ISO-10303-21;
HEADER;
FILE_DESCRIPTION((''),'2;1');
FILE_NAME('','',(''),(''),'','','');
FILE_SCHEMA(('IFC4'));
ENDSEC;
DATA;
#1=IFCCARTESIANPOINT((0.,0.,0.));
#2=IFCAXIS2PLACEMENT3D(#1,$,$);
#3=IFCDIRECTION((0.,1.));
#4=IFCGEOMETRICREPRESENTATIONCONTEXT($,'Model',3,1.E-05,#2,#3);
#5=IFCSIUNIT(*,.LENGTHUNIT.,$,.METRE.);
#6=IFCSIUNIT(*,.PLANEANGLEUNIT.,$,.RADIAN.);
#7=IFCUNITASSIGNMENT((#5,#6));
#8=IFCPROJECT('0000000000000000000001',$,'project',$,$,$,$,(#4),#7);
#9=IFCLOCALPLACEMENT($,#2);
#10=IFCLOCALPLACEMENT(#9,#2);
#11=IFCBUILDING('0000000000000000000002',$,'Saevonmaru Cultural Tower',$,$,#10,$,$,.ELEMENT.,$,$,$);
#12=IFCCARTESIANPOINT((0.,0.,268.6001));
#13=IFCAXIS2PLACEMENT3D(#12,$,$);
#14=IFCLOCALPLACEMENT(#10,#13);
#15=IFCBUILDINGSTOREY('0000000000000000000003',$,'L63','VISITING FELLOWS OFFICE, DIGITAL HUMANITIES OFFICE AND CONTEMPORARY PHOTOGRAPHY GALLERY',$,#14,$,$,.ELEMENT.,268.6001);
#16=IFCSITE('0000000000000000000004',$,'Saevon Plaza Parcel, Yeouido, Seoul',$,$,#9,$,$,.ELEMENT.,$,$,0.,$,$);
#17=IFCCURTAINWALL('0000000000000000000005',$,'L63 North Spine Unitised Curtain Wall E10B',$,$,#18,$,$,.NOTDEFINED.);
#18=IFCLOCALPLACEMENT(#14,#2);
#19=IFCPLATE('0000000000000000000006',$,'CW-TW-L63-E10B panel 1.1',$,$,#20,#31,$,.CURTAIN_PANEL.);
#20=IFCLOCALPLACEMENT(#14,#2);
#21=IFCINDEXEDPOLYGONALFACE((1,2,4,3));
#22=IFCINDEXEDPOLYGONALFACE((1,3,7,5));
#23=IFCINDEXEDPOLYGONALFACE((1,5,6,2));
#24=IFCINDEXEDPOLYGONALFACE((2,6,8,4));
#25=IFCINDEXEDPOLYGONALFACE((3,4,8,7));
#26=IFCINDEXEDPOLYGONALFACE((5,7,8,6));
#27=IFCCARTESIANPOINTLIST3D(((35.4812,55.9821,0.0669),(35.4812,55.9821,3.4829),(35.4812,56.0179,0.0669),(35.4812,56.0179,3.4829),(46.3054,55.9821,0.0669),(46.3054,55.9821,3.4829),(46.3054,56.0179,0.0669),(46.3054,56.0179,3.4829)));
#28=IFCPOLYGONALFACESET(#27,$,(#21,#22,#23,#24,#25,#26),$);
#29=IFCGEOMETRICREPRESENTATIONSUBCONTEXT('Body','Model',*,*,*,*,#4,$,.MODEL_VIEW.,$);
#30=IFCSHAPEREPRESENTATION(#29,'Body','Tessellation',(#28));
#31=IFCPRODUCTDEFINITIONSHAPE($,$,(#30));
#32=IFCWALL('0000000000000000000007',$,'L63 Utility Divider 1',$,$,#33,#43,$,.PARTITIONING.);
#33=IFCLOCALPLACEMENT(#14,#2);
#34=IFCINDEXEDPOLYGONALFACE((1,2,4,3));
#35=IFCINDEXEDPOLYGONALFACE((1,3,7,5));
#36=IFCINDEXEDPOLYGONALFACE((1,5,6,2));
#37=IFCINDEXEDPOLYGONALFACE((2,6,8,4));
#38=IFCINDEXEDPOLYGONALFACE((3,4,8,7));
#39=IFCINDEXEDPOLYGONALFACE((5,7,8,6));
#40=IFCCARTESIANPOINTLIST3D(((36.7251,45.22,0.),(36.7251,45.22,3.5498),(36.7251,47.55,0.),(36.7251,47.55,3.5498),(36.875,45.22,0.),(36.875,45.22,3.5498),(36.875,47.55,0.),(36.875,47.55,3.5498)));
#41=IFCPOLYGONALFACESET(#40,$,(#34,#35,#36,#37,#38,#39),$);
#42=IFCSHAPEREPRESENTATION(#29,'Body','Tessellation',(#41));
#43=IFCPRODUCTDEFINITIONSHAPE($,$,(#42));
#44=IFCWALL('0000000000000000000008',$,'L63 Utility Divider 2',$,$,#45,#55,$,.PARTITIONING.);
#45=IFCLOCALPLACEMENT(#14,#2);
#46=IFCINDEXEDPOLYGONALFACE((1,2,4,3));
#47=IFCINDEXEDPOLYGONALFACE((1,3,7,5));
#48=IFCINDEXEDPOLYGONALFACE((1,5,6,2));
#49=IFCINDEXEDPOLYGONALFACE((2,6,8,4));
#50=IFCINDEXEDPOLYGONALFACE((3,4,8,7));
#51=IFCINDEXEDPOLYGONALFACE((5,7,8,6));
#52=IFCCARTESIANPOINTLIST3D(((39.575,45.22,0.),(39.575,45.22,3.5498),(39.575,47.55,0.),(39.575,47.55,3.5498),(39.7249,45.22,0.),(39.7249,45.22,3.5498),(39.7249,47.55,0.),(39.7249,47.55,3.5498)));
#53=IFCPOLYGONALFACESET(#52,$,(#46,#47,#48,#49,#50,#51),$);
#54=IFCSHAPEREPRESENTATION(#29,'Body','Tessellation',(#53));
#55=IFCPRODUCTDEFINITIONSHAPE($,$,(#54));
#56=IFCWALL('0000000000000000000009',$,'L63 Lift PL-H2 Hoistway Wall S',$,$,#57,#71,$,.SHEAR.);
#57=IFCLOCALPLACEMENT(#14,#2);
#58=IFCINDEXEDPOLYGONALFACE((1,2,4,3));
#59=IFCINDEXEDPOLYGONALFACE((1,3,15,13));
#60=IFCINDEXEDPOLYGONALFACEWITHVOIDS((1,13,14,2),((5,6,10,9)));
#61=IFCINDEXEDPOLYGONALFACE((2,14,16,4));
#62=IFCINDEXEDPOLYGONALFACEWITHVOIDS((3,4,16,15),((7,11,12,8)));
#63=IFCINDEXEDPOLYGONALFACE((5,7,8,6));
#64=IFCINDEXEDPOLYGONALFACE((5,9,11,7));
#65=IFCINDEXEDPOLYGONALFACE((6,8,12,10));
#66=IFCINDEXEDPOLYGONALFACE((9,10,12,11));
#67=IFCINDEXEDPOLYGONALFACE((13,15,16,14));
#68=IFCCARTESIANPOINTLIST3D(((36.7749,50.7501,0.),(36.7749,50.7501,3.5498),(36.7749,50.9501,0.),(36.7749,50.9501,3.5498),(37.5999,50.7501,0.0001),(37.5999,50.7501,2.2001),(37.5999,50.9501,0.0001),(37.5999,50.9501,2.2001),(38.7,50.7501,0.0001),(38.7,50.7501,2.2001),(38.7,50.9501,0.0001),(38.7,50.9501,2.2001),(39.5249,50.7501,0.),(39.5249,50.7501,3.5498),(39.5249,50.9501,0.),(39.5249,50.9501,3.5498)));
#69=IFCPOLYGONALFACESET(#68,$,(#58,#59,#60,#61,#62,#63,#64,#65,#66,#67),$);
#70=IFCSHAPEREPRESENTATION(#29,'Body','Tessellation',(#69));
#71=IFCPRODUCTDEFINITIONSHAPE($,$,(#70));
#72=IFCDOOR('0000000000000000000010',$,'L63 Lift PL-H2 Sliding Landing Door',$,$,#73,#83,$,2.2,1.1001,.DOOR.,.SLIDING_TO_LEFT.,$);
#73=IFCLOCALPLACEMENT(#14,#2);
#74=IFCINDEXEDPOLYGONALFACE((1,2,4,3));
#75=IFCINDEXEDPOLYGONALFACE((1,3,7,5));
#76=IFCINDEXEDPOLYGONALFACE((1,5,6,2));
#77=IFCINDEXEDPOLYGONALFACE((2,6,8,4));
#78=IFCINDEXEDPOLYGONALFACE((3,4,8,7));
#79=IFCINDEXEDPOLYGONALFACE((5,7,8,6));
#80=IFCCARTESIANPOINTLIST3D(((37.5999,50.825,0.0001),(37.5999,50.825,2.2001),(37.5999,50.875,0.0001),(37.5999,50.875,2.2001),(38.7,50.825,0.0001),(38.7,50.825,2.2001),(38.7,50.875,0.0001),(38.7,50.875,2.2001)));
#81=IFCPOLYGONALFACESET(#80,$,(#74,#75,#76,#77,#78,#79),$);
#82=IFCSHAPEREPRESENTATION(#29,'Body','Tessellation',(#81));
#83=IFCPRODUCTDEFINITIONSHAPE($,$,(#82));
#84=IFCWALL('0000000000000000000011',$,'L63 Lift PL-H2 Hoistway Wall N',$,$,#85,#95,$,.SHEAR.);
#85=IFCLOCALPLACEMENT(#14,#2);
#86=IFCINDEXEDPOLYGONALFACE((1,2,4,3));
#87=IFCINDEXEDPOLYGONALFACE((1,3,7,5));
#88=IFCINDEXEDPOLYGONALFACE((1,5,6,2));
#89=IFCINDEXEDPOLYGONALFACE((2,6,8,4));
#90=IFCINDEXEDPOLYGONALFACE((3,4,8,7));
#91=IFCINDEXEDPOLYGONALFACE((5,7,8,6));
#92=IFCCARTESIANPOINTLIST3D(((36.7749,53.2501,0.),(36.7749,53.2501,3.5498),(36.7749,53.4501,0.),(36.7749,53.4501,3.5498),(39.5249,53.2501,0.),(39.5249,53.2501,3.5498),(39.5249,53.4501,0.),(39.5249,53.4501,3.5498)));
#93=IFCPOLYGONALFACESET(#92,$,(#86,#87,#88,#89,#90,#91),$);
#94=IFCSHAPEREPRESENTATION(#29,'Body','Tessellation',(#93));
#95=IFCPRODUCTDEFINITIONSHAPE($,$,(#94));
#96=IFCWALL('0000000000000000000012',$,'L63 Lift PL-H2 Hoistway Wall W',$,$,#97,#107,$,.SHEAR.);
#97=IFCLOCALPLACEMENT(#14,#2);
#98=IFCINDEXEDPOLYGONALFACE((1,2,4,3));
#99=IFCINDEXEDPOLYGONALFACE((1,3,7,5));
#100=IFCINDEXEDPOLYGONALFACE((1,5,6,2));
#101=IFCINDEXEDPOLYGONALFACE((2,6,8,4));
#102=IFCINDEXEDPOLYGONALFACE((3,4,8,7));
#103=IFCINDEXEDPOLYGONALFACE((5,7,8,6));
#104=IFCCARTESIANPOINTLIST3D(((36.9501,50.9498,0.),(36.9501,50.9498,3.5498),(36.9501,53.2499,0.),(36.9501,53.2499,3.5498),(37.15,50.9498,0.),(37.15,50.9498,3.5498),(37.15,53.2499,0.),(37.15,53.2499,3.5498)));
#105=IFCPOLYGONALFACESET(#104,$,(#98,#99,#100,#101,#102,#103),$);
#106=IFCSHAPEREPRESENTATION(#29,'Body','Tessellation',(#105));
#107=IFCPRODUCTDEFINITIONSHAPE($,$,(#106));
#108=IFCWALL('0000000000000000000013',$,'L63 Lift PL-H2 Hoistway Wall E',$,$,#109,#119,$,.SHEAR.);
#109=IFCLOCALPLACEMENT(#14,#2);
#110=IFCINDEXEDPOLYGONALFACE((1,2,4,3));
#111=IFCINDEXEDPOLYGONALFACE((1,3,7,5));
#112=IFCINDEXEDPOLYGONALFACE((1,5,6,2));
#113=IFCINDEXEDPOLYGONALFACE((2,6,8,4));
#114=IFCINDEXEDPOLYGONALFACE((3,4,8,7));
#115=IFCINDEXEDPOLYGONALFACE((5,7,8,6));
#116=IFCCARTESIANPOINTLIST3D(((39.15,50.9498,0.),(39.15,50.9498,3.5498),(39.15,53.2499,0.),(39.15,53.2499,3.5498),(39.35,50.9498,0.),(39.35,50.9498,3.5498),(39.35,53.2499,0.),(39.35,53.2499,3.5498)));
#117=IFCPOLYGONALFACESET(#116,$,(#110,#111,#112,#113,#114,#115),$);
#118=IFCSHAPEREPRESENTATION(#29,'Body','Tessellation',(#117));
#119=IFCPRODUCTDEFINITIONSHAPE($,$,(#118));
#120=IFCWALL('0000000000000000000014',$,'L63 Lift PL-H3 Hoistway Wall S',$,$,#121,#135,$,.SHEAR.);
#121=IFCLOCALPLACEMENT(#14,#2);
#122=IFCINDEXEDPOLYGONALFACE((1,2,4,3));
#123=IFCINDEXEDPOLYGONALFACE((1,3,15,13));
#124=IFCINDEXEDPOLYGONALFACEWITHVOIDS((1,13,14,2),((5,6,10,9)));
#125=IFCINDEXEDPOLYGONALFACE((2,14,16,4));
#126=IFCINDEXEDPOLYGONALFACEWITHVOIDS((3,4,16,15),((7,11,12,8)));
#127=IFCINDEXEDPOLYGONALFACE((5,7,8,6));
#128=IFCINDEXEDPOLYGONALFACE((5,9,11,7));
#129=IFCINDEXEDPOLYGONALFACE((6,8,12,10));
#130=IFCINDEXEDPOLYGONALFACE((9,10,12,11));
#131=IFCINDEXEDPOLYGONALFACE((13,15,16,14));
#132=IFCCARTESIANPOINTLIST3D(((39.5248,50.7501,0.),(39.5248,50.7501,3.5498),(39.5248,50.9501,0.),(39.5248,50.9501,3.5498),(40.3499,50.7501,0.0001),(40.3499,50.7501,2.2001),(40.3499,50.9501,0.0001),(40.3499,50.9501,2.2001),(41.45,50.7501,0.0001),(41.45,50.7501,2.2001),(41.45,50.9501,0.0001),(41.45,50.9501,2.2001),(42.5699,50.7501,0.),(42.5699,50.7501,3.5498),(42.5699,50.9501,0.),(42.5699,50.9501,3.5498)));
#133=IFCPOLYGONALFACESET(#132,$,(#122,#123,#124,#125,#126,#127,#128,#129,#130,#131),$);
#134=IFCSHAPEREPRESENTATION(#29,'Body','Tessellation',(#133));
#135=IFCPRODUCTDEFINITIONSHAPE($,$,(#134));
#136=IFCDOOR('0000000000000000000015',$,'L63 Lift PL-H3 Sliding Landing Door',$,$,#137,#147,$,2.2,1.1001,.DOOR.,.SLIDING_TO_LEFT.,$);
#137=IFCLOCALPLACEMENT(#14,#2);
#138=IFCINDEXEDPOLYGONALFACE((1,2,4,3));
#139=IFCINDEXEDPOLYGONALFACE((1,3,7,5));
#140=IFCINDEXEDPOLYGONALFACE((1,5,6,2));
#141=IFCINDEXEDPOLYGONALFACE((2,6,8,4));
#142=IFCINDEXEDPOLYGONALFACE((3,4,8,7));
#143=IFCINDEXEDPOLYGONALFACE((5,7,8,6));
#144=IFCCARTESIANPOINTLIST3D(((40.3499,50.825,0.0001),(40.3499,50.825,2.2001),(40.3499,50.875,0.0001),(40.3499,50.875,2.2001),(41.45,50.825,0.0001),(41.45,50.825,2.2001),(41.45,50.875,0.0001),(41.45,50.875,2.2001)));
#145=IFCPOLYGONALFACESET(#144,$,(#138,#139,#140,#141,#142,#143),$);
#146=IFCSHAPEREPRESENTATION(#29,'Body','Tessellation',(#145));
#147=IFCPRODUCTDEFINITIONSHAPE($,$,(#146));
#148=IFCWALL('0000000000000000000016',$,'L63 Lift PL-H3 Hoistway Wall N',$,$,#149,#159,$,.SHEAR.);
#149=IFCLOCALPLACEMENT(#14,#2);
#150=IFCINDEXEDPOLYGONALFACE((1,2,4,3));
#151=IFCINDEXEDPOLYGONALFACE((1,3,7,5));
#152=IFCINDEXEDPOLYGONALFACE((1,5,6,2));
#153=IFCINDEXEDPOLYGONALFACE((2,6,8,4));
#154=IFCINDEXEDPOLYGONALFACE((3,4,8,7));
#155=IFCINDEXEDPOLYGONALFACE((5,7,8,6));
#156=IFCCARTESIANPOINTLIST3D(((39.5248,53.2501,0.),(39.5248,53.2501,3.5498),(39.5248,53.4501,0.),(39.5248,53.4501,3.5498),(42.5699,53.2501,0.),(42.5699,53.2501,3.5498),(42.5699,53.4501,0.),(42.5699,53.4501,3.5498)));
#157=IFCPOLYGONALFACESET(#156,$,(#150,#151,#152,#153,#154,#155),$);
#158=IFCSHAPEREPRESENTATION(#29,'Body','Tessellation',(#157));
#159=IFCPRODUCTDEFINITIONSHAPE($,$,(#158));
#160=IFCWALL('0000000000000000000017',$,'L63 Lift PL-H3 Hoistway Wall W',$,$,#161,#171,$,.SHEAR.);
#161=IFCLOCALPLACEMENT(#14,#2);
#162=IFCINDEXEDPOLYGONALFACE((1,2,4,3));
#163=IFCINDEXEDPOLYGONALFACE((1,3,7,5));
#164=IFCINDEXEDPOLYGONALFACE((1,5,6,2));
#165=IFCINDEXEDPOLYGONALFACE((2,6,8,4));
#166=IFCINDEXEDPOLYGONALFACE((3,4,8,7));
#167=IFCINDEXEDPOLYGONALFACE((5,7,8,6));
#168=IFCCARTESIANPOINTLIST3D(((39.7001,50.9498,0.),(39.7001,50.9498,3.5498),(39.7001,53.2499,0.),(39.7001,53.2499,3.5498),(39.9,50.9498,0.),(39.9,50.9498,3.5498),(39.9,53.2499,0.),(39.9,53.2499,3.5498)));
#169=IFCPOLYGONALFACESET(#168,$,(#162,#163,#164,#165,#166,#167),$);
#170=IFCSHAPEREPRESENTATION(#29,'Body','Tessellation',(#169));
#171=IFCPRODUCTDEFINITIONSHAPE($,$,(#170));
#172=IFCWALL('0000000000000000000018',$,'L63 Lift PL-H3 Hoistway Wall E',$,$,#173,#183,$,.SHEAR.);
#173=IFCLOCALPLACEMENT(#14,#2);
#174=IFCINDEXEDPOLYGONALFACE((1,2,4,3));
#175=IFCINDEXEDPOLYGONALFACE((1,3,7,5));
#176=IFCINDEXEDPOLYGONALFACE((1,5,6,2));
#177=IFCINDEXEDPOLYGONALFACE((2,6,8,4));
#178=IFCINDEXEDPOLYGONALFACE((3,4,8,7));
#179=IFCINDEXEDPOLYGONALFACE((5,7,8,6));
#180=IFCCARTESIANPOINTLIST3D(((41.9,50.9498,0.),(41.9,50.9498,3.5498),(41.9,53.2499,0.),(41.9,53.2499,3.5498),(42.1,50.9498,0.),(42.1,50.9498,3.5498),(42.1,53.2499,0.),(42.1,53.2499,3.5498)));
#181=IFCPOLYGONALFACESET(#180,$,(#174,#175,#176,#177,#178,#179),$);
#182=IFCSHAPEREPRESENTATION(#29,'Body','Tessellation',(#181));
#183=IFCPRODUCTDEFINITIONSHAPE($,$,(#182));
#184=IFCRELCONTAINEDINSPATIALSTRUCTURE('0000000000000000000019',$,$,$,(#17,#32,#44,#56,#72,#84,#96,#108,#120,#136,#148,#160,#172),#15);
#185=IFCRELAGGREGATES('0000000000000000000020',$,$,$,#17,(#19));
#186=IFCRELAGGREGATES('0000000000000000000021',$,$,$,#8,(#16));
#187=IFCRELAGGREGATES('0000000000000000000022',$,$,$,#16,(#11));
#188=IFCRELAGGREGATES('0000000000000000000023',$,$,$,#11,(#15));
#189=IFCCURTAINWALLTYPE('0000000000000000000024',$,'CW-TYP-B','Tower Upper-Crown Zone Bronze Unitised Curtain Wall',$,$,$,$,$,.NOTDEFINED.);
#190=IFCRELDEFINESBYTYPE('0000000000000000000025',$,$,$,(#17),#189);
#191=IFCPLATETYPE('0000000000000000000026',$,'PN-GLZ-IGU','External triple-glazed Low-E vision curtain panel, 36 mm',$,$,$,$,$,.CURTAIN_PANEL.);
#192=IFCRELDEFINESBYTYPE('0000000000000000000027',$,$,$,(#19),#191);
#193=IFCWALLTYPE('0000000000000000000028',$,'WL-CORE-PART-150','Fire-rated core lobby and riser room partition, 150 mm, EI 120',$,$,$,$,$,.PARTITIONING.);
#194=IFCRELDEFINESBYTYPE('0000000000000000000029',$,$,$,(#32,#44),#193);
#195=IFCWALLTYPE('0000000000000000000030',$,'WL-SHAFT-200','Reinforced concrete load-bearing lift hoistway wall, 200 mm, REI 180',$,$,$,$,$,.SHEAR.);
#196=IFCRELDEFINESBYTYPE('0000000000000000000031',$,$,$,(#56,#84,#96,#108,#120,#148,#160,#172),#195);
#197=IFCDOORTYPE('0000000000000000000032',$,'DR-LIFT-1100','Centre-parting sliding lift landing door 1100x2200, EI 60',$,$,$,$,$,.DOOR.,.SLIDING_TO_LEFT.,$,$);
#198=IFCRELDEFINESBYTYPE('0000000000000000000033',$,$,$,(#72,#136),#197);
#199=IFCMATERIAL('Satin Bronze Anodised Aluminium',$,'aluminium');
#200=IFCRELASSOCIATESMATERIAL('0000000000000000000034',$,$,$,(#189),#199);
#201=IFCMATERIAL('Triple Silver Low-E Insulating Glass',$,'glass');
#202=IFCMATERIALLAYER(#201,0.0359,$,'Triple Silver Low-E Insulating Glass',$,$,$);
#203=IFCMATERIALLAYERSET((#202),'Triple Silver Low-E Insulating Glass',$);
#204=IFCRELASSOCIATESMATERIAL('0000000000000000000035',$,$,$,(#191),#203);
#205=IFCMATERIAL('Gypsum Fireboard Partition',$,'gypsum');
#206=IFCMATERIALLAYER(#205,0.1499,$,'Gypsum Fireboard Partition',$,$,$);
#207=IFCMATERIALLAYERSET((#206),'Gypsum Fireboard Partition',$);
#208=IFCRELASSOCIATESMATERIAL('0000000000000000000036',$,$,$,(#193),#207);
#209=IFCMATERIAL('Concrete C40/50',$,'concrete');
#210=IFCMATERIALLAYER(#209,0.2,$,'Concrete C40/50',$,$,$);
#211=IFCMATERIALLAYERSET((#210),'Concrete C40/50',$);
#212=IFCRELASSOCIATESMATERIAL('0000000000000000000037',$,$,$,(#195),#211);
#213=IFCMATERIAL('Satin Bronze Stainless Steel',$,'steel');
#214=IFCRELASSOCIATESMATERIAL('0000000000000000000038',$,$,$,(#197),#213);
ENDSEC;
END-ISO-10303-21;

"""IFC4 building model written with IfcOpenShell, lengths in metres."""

from ifc_helpers import new_model, si_unit, direction, frame, frame_2d, origin, origin_2d, place, context, subcontext, project, spatial, rectangle, extrude, material, layer, layer_set, type_object, element, fill, aggregate, save


model = new_model("IFC4")

# Units and contexts
model_context = context("Model", 3, precision=1e-05, world=origin(), true_north=direction((0.0, 1.0)))
body_context = subcontext(model_context, "Body", "Model", "MODEL_VIEW")
ifc_project = project(units=[si_unit("LENGTHUNIT", "METRE"), si_unit("PLANEANGLEUNIT", "RADIAN")], contexts=[model_context])

# Site, building, storey
site_placement = place(None, origin())
site = spatial("IfcSite", under=ifc_project, at=site_placement, Name="Saevon Plaza Parcel, Yeouido, Seoul", CompositionType="ELEMENT", RefElevation=0.0)
building_placement = place(site_placement, origin())
building = spatial("IfcBuilding", under=site, at=building_placement, Name="Saevonmaru Cultural Tower", CompositionType="ELEMENT")
storey_placement = place(building_placement, frame((0.0, 0.0, 268.6001)))
storey = spatial("IfcBuildingStorey", under=building, at=storey_placement, Name="L63", Description="VISITING FELLOWS OFFICE, DIGITAL HUMANITIES OFFICE AND CONTEMPORARY PHOTOGRAPHY GALLERY", CompositionType="ELEMENT", Elevation=268.6001)

# Curtain wall, plate
ifc_material_1 = material(Name="Satin Bronze Anodised Aluminium", Category="aluminium")
curtain_wall_type = type_object("IfcCurtainWallType", Name="CW-TYP-B", Description="Tower Upper-Crown Zone Bronze Unitised Curtain Wall", PredefinedType="NOTDEFINED", material=ifc_material_1)
curtain_wall_placement = place(storey_placement, origin())
curtain_wall = element("IfcCurtainWall", 1, at=curtain_wall_placement, inside=storey, type_object=curtain_wall_type, Name="L63 North Spine Unitised Curtain Wall E10B", PredefinedType="NOTDEFINED")
ifc_material_2 = material(Name="Triple Silver Low-E Insulating Glass", Category="glass")
ifc_layer_1 = layer(ifc_material_2, 0.0359, Name="Triple Silver Low-E Insulating Glass")
ifc_layer_set_1 = layer_set([ifc_layer_1], Name="Triple Silver Low-E Insulating Glass")
plate_type = type_object("IfcPlateType", Name="PN-GLZ-IGU", Description="External triple-glazed Low-E vision curtain panel, 36 mm", PredefinedType="CURTAIN_PANEL", material=ifc_layer_set_1)
plate_placement = place(storey_placement, frame((40.8933, 56.0, 0.0669), z_axis=(0.0, 0.0, 1.0), x_axis=(-1.0, 0.0, 0.0)))
plate = element("IfcPlate", 2, at=plate_placement, type_object=plate_type, Name="CW-TW-L63-E10B panel 1.1", PredefinedType="CURTAIN_PANEL", context=body_context, shape_type="SweptSolid", body=[
    extrude(rectangle(XDim=10.8242, YDim=0.0359, at=origin_2d()), origin(), (0.0, 0.0, 1.0), 3.416),
])
aggregate(curtain_wall, [plate])

# Walls
ifc_material_3 = material(Name="Gypsum Fireboard Partition", Category="gypsum")
ifc_layer_2 = layer(ifc_material_3, 0.1499, Name="Gypsum Fireboard Partition")
ifc_layer_set_2 = layer_set([ifc_layer_2], Name="Gypsum Fireboard Partition")
wall_type_1 = type_object("IfcWallType", Name="WL-CORE-PART-150", Description="Fire-rated core lobby and riser room partition, 150 mm, EI 120", PredefinedType="PARTITIONING", material=ifc_layer_set_2)
for number, where, z_axis, x_axis, name in (
    (3, (36.8, 45.22, 0.0), (0.0, 0.0, 1.0), (0.0, 1.0, 0.0), "L63 Utility Divider 1"),
    (4, (39.6499, 45.22, 0.0), (0.0, 0.0, 1.0), (0.0, 1.0, 0.0), "L63 Utility Divider 2"),
):
    element("IfcWall", number, at=place(storey_placement, frame(where, z_axis=z_axis, x_axis=x_axis)), inside=storey, type_object=wall_type_1, Name=name, PredefinedType="PARTITIONING", context=body_context, shape_type="SweptSolid", body=[
        extrude(rectangle(XDim=2.3301, YDim=0.1499, at=frame_2d((1.165, 0.0))), origin(), (0.0, 0.0, 1.0), 3.5498),
    ])

# Wall, opening, door
ifc_material_4 = material(Name="Concrete C40/50", Category="concrete")
ifc_layer_3 = layer(ifc_material_4, 0.2, Name="Concrete C40/50")
ifc_layer_set_3 = layer_set([ifc_layer_3], Name="Concrete C40/50")
wall_type_2 = type_object("IfcWallType", Name="WL-SHAFT-200", Description="Reinforced concrete load-bearing lift hoistway wall, 200 mm, REI 180", PredefinedType="SHEAR", material=ifc_layer_set_3)
wall_1_placement = place(storey_placement, frame((36.7749, 50.8501, 0.0), z_axis=(0.0, 0.0, 1.0), x_axis=(1.0, 0.0, 0.0)))
wall_1 = element("IfcWall", 5, at=wall_1_placement, inside=storey, type_object=wall_type_2, Name="L63 Lift PL-H2 Hoistway Wall S", PredefinedType="SHEAR", context=body_context, shape_type="SweptSolid", body=[
    extrude(rectangle(XDim=2.75, YDim=0.2, at=frame_2d((1.375, 0.0))), origin(), (0.0, 0.0, 1.0), 3.5498),
])
opening_1_placement = place(wall_1_placement, frame((0.825, 0.0, 0.0)))
opening_1 = element("IfcOpeningElement", 6, at=opening_1_placement, cuts=wall_1, PredefinedType="OPENING", context=body_context, shape_type="SweptSolid", body=[
    extrude(rectangle(XDim=1.1001, YDim=2.2, at=frame_2d((0.55, 1.1001))), frame((0.0, 0.1099, 0.0), z_axis=(0.0, -1.0, 0.0), x_axis=(1.0, 0.0, 0.0)), (0.0, 0.0, 1.0), 0.22),
])
ifc_material_5 = material(Name="Satin Bronze Stainless Steel", Category="steel")
door_type_1 = type_object("IfcDoorType", Name="DR-LIFT-1100", Description="Centre-parting sliding lift landing door 1100x2200, EI 60", OperationType="SLIDING_TO_LEFT", PredefinedType="DOOR", material=ifc_material_5)
door_1_placement = place(opening_1_placement, origin())
door_1 = element("IfcDoor", 7, at=door_1_placement, inside=storey, type_object=door_type_1, Name="L63 Lift PL-H2 Sliding Landing Door", OperationType="SLIDING_TO_LEFT", OverallHeight=2.2, OverallWidth=1.1001, PredefinedType="DOOR", context=body_context, shape_type="SweptSolid", body=[
    extrude(rectangle(XDim=1.1001, YDim=2.2, at=frame_2d((0.55, 1.1001))), frame((0.0, 0.0249, 0.0), z_axis=(0.0, -1.0, 0.0), x_axis=(1.0, 0.0, 0.0)), (0.0, 0.0, 1.0), 0.05),
])
fill(opening_1, door_1)

# Walls
wall_2_placement = place(storey_placement, frame((36.7749, 53.3501, 0.0), z_axis=(0.0, 0.0, 1.0), x_axis=(1.0, 0.0, 0.0)))
element("IfcWall", 8, at=wall_2_placement, inside=storey, type_object=wall_type_2, Name="L63 Lift PL-H2 Hoistway Wall N", PredefinedType="SHEAR", context=body_context, shape_type="SweptSolid", body=[
    extrude(rectangle(XDim=2.75, YDim=0.2, at=frame_2d((1.375, 0.0))), origin(), (0.0, 0.0, 1.0), 3.5498),
])
for number, where, z_axis, x_axis, name in (
    (9, (37.05, 50.95, 0.0), (0.0, 0.0, 1.0), (0.0, 1.0, 0.0), "L63 Lift PL-H2 Hoistway Wall W"),
    (10, (39.25, 50.95, 0.0), (0.0, 0.0, 1.0), (0.0, 1.0, 0.0), "L63 Lift PL-H2 Hoistway Wall E"),
):
    element("IfcWall", number, at=place(storey_placement, frame(where, z_axis=z_axis, x_axis=x_axis)), inside=storey, type_object=wall_type_2, Name=name, PredefinedType="SHEAR", context=body_context, shape_type="SweptSolid", body=[
        extrude(rectangle(XDim=2.3, YDim=0.2, at=frame_2d((1.1499, 0.0))), origin(), (0.0, 0.0, 1.0), 3.5498),
    ])

# Wall, opening, door
wall_3_placement = place(storey_placement, frame((39.5249, 50.8501, 0.0), z_axis=(0.0, 0.0, 1.0), x_axis=(1.0, 0.0, 0.0)))
wall_3 = element("IfcWall", 11, at=wall_3_placement, inside=storey, type_object=wall_type_2, Name="L63 Lift PL-H3 Hoistway Wall S", PredefinedType="SHEAR", context=body_context, shape_type="SweptSolid", body=[
    extrude(rectangle(XDim=3.0452, YDim=0.2, at=frame_2d((1.5225, 0.0))), origin(), (0.0, 0.0, 1.0), 3.5498),
])
opening_2_placement = place(wall_3_placement, frame((0.825, 0.0, 0.0)))
opening_2 = element("IfcOpeningElement", 12, at=opening_2_placement, cuts=wall_3, PredefinedType="OPENING", context=body_context, shape_type="SweptSolid", body=[
    extrude(rectangle(XDim=1.1001, YDim=2.2, at=frame_2d((0.55, 1.1001))), frame((0.0, 0.1099, 0.0), z_axis=(0.0, -1.0, 0.0), x_axis=(1.0, 0.0, 0.0)), (0.0, 0.0, 1.0), 0.22),
])
door_2_placement = place(opening_2_placement, origin())
door_2 = element("IfcDoor", 13, at=door_2_placement, inside=storey, type_object=door_type_1, Name="L63 Lift PL-H3 Sliding Landing Door", OperationType="SLIDING_TO_LEFT", OverallHeight=2.2, OverallWidth=1.1001, PredefinedType="DOOR", context=body_context, shape_type="SweptSolid", body=[
    extrude(rectangle(XDim=1.1001, YDim=2.2, at=frame_2d((0.55, 1.1001))), frame((0.0, 0.0249, 0.0), z_axis=(0.0, -1.0, 0.0), x_axis=(1.0, 0.0, 0.0)), (0.0, 0.0, 1.0), 0.05),
])
fill(opening_2, door_2)

# Walls
wall_4_placement = place(storey_placement, frame((39.5249, 53.3501, 0.0), z_axis=(0.0, 0.0, 1.0), x_axis=(1.0, 0.0, 0.0)))
element("IfcWall", 14, at=wall_4_placement, inside=storey, type_object=wall_type_2, Name="L63 Lift PL-H3 Hoistway Wall N", PredefinedType="SHEAR", context=body_context, shape_type="SweptSolid", body=[
    extrude(rectangle(XDim=3.0452, YDim=0.2, at=frame_2d((1.5225, 0.0))), origin(), (0.0, 0.0, 1.0), 3.5498),
])
for number, where, z_axis, x_axis, name in (
    (15, (39.8, 50.95, 0.0), (0.0, 0.0, 1.0), (0.0, 1.0, 0.0), "L63 Lift PL-H3 Hoistway Wall W"),
    (16, (42.0, 50.95, 0.0), (0.0, 0.0, 1.0), (0.0, 1.0, 0.0), "L63 Lift PL-H3 Hoistway Wall E"),
):
    element("IfcWall", number, at=place(storey_placement, frame(where, z_axis=z_axis, x_axis=x_axis)), inside=storey, type_object=wall_type_2, Name=name, PredefinedType="SHEAR", context=body_context, shape_type="SweptSolid", body=[
        extrude(rectangle(XDim=2.3, YDim=0.2, at=frame_2d((1.1499, 0.0))), origin(), (0.0, 0.0, 1.0), 3.5498),
    ])

save(model, "model.ifc")
